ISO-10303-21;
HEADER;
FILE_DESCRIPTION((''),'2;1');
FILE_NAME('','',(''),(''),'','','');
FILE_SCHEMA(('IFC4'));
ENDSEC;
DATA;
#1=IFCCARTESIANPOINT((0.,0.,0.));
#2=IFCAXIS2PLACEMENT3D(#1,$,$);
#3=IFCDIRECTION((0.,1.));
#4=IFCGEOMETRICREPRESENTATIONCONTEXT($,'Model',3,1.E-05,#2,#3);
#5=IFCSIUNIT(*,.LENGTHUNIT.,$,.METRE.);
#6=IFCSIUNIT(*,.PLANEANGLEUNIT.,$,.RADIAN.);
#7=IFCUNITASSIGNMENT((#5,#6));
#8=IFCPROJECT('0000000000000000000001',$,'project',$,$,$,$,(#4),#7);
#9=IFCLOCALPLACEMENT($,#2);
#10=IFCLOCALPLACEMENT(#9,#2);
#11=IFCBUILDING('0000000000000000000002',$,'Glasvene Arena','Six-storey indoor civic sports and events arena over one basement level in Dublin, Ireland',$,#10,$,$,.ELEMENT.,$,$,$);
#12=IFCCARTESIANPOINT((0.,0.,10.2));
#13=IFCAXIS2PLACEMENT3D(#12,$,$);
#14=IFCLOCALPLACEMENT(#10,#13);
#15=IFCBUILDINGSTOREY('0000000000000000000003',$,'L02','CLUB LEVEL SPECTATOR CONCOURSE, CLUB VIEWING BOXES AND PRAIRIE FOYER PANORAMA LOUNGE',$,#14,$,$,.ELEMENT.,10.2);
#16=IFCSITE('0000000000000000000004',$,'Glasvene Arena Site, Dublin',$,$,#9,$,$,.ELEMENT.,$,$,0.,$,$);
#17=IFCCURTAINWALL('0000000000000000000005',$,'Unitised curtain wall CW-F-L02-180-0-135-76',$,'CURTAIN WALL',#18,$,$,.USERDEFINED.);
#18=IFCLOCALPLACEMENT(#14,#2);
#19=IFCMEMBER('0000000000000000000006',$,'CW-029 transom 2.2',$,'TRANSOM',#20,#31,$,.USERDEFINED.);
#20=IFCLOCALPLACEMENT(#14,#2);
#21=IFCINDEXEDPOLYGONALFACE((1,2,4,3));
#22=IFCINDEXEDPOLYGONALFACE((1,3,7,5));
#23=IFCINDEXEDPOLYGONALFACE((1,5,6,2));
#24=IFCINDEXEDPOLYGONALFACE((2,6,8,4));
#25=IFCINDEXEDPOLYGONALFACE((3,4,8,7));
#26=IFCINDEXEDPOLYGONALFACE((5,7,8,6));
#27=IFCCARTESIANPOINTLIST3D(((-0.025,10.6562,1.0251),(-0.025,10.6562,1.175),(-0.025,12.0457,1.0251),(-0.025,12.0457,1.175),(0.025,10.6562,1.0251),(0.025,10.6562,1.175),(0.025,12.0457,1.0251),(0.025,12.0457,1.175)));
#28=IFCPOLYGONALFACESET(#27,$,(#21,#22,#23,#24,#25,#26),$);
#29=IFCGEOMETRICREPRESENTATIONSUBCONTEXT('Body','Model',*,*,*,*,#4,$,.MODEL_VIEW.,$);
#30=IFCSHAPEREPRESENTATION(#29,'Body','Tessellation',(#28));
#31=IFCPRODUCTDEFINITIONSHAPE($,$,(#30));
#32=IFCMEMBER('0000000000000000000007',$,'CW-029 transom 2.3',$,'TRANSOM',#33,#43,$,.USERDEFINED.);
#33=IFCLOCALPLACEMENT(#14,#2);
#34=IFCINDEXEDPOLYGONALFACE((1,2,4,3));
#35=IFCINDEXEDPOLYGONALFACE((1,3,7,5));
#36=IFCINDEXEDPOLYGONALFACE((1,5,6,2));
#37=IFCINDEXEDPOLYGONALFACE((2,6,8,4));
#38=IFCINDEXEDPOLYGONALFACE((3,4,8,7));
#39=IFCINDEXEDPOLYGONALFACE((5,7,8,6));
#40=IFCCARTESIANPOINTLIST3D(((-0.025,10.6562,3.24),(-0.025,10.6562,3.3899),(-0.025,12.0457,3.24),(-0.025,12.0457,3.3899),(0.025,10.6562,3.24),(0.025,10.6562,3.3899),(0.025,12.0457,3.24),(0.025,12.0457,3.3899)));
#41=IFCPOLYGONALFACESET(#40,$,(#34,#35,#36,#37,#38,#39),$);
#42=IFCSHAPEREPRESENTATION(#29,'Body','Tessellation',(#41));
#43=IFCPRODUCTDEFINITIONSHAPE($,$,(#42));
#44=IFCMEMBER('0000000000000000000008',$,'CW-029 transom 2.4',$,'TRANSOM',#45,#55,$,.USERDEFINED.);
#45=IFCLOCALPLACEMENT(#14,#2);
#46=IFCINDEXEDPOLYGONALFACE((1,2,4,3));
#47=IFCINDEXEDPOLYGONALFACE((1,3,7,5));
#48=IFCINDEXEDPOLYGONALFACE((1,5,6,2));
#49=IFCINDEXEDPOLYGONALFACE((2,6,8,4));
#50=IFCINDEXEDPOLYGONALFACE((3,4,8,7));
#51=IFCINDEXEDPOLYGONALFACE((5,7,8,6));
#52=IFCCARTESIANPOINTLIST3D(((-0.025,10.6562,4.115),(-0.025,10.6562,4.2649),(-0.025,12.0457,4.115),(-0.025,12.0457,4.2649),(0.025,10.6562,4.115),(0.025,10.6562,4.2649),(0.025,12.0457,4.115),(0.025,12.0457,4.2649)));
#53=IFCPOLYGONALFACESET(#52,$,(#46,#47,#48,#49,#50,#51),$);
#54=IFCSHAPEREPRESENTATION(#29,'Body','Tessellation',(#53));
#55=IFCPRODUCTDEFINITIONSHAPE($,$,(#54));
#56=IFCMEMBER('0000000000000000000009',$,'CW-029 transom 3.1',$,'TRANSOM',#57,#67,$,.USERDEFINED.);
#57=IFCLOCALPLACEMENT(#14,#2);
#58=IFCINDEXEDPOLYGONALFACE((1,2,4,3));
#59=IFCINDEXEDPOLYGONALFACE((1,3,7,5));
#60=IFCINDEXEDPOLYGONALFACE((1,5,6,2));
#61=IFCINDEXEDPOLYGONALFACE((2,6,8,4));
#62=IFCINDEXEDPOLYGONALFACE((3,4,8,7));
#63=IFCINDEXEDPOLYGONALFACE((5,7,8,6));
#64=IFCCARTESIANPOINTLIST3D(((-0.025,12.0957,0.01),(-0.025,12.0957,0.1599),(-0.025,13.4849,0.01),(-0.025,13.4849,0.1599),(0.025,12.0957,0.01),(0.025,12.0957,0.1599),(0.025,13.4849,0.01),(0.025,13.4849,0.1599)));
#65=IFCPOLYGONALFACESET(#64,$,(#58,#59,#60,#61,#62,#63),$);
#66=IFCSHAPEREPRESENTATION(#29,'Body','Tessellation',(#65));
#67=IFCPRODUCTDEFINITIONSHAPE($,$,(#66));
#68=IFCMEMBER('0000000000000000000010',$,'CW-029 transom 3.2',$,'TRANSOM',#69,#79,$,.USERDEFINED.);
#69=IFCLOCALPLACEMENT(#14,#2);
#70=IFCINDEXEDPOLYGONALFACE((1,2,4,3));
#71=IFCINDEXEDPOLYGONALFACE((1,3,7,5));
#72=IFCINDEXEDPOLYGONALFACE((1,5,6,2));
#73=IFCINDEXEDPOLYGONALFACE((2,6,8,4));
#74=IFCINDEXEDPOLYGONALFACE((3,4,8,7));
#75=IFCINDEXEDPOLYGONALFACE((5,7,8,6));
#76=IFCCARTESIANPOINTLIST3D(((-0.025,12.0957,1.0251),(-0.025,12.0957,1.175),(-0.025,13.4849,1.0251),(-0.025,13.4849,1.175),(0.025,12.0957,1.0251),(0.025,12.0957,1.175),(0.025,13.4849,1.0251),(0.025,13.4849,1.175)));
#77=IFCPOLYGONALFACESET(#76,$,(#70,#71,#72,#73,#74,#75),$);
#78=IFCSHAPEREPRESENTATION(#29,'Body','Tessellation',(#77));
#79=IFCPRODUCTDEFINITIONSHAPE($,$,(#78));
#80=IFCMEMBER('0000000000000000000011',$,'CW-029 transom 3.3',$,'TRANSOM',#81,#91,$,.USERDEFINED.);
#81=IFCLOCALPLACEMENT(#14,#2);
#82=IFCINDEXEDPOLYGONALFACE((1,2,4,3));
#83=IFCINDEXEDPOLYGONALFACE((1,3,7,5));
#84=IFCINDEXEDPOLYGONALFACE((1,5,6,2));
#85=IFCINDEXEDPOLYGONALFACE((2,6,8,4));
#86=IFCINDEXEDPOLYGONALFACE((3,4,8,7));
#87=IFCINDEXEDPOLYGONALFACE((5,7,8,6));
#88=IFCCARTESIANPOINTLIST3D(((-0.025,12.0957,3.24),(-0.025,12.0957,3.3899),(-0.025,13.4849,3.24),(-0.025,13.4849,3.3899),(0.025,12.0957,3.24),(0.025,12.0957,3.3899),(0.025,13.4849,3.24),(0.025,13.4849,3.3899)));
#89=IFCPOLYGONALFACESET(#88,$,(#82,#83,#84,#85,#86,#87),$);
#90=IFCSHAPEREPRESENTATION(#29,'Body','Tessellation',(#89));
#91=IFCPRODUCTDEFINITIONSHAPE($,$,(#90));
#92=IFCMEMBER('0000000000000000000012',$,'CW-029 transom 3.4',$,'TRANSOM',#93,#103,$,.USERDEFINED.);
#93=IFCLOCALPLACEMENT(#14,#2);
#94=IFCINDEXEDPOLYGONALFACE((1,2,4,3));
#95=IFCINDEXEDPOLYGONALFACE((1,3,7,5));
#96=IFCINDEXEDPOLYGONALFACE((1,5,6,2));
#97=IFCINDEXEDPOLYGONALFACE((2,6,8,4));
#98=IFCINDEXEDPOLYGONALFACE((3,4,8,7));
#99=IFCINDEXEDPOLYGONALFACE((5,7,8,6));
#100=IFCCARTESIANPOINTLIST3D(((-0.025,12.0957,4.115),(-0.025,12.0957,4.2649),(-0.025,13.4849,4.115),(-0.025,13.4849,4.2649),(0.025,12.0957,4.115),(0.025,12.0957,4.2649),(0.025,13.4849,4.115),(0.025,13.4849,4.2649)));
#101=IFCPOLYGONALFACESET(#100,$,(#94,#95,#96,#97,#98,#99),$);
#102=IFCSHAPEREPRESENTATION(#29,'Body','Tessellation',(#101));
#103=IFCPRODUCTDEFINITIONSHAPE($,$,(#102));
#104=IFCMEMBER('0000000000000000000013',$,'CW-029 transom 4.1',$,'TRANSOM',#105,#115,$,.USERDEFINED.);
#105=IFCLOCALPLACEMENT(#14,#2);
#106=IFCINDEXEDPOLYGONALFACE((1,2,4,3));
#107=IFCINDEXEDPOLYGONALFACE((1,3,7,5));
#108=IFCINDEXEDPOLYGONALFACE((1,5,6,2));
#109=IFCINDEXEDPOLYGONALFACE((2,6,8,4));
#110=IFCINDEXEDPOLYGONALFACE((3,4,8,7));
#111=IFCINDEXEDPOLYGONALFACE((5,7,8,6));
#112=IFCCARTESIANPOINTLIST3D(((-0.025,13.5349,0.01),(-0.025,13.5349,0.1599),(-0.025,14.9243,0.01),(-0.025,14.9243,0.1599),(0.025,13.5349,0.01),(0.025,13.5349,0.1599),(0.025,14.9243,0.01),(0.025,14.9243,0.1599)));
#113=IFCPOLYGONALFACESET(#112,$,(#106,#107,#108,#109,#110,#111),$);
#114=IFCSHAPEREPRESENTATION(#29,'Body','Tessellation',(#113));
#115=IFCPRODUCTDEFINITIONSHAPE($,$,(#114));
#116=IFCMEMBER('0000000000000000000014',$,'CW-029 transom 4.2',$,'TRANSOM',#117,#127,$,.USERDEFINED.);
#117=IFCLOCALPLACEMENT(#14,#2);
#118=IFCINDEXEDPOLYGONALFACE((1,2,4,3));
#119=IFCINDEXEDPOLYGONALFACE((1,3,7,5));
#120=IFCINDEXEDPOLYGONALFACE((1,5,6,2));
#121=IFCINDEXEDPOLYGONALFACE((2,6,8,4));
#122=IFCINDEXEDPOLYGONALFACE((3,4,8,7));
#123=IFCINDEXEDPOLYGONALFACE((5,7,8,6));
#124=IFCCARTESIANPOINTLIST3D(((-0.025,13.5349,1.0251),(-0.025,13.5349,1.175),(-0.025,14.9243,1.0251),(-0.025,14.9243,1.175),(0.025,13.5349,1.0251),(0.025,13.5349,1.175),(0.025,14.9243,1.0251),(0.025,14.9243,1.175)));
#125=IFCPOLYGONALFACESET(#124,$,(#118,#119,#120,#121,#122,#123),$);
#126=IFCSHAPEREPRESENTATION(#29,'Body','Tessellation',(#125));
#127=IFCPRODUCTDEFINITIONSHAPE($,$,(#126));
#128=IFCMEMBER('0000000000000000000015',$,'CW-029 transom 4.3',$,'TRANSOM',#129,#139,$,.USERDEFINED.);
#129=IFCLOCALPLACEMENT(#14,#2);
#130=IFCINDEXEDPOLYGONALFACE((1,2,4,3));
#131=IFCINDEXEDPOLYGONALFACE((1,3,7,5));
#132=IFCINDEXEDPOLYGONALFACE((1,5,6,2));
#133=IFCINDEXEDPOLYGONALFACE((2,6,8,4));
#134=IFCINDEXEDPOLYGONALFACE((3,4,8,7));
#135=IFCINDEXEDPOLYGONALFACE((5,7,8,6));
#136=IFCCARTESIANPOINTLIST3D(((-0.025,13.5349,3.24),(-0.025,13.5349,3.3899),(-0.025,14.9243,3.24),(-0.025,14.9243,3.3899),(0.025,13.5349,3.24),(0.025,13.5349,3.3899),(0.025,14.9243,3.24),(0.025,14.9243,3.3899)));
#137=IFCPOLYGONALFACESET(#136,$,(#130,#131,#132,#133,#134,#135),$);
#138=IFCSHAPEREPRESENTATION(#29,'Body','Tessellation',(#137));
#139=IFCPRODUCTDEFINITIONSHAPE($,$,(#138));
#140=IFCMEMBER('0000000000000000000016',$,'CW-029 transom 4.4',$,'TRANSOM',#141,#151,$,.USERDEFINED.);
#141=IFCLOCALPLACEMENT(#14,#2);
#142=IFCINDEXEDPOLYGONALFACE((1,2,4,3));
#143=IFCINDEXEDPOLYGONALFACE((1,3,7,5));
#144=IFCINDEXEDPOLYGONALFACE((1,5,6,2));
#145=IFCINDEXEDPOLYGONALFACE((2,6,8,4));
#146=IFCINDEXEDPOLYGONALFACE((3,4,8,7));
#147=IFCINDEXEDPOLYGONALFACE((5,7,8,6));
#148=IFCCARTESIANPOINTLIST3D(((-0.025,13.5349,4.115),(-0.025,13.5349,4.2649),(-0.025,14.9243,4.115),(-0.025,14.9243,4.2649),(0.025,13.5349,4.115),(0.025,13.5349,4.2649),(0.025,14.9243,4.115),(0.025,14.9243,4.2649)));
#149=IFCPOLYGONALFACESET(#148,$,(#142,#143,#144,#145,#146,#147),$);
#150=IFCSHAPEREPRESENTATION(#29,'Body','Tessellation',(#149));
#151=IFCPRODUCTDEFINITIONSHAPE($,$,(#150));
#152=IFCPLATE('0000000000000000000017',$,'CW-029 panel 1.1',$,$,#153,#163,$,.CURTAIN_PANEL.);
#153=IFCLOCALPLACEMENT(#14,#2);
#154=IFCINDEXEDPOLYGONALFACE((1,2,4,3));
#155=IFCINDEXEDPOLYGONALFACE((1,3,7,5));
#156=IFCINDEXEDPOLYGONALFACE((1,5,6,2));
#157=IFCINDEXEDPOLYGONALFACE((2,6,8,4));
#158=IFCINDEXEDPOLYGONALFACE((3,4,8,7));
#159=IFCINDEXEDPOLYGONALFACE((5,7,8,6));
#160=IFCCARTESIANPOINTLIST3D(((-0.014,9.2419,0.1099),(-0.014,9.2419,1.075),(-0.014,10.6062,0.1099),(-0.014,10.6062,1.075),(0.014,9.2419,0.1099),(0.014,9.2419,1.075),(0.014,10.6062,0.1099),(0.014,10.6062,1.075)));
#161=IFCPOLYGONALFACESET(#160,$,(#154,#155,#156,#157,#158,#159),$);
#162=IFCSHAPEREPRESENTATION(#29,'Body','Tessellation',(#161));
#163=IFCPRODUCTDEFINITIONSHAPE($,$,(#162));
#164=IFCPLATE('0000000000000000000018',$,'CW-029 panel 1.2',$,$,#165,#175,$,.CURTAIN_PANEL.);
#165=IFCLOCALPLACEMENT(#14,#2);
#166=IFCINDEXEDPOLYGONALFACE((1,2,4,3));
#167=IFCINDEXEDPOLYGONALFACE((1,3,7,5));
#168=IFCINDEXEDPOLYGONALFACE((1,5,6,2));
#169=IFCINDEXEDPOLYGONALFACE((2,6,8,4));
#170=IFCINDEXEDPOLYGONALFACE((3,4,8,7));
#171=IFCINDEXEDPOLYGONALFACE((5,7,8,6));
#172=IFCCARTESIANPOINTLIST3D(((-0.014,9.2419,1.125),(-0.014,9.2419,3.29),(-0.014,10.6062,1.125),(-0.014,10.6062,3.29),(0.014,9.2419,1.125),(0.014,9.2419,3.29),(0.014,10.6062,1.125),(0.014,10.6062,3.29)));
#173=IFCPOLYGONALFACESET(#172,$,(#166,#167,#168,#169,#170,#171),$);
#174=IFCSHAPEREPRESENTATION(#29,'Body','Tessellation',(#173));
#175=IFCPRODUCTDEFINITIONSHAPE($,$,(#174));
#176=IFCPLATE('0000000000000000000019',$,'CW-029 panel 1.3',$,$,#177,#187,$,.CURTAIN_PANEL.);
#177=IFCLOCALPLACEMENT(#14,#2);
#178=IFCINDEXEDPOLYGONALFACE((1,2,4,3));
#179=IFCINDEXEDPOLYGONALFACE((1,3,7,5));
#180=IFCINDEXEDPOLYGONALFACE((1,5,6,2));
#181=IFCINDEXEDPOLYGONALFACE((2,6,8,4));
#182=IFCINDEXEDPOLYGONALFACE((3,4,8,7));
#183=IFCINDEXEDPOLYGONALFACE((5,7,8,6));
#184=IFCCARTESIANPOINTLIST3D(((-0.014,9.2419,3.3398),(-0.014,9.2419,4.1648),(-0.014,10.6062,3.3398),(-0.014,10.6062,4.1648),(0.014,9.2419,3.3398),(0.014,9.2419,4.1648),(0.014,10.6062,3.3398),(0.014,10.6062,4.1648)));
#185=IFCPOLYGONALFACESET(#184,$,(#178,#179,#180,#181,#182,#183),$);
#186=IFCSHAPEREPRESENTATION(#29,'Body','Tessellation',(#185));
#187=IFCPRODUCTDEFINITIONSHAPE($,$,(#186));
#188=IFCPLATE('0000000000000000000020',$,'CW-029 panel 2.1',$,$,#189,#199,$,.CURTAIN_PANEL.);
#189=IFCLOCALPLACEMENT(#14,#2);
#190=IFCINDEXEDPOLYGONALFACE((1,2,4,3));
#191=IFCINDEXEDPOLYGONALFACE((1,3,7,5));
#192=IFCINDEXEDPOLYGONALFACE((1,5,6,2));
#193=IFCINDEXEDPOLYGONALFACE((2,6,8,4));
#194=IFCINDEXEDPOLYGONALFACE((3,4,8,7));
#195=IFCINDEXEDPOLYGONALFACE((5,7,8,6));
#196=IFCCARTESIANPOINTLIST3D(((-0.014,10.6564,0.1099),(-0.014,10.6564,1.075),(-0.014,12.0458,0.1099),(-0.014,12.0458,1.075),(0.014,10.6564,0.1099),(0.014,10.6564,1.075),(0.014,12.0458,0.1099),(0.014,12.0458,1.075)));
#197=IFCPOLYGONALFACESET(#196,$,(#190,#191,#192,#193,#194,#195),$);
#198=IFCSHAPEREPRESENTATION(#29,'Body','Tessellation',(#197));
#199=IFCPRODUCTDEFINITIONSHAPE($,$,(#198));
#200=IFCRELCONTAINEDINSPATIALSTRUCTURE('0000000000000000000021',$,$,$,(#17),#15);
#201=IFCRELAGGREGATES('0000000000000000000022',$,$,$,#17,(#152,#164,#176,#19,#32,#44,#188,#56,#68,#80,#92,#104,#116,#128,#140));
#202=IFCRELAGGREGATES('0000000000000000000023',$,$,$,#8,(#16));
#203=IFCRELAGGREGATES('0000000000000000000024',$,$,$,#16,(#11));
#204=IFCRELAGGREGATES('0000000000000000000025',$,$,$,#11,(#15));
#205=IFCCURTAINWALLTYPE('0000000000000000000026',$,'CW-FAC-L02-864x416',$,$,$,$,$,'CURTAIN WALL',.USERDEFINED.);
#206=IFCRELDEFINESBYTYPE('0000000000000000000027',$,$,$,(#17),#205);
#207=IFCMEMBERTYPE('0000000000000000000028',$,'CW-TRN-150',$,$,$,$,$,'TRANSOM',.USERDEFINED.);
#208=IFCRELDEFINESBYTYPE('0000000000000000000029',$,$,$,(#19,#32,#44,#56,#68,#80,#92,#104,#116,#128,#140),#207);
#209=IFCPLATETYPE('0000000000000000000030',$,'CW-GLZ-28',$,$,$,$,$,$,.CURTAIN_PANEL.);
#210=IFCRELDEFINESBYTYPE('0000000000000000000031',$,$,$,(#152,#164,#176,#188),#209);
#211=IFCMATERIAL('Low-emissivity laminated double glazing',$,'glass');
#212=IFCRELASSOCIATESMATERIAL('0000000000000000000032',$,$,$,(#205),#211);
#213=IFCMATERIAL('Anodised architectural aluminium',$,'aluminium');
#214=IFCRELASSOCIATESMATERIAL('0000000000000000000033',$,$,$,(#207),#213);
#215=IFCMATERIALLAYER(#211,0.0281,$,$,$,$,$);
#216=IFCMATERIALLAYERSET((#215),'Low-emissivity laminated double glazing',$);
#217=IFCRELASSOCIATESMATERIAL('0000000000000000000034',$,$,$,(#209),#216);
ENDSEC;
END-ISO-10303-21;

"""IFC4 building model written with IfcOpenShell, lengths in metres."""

from ifc_helpers import new_model, si_unit, direction, frame, origin, origin_2d, place, context, subcontext, project, spatial, rectangle, extrude, material, layer, layer_set, material_profile, profile_set, type_object, element, aggregate, save


model = new_model("IFC4")

# Units and contexts
model_context = context("Model", 3, precision=1e-05, world=origin(), true_north=direction((0.0, 1.0)))
body_context = subcontext(model_context, "Body", "Model", "MODEL_VIEW")
ifc_project = project(units=[si_unit("LENGTHUNIT", "METRE"), si_unit("PLANEANGLEUNIT", "RADIAN")], contexts=[model_context])

# Site, building, storey
site_placement = place(None, origin())
site = spatial("IfcSite", under=ifc_project, at=site_placement, Name="Glasvene Arena Site, Dublin", CompositionType="ELEMENT", RefElevation=0.0)
building_placement = place(site_placement, origin())
building = spatial("IfcBuilding", under=site, at=building_placement, Name="Glasvene Arena", Description="Six-storey indoor civic sports and events arena over one basement level in Dublin, Ireland", CompositionType="ELEMENT")
storey_placement = place(building_placement, frame((0.0, 0.0, 10.2)))
storey = spatial("IfcBuildingStorey", under=building, at=storey_placement, Name="L02", Description="CLUB LEVEL SPECTATOR CONCOURSE, CLUB VIEWING BOXES AND PRAIRIE FOYER PANORAMA LOUNGE", CompositionType="ELEMENT", Elevation=10.2)

# Curtain wall, members, plates
ifc_material_1 = material(Name="Low-emissivity laminated double glazing", Category="glass")
curtain_wall_type = type_object("IfcCurtainWallType", Name="CW-FAC-L02-864x416", ElementType="CURTAIN WALL", PredefinedType="USERDEFINED", material=ifc_material_1)
curtain_wall_placement = place(storey_placement, frame((0.0, 9.1919, 0.0)))
curtain_wall = element("IfcCurtainWall", 1, at=curtain_wall_placement, inside=storey, type_object=curtain_wall_type, Name="Unitised curtain wall CW-F-L02-180-0-135-76", ObjectType="CURTAIN WALL", PredefinedType="USERDEFINED")
ifc_material_2 = material(Name="Anodised architectural aluminium", Category="aluminium")
ifc_material_profile_1 = material_profile(ifc_material_2, rectangle(XDim=0.05, YDim=0.1499, at=origin_2d()), Name="ALU TRANSOM 50x150")
ifc_profile_set_1 = profile_set([ifc_material_profile_1], Name="Anodised architectural aluminium")
member_type_1 = type_object("IfcMemberType", Name="CW-TRN-150", ElementType="TRANSOM", PredefinedType="USERDEFINED", material=ifc_profile_set_1)
member_1_placement = place(storey_placement, frame((0.0, 10.6562, 1.1001), z_axis=(0.0, 1.0, 0.0), x_axis=(-1.0, 0.0, 0.0)))
member_1 = element("IfcMember", 2, at=member_1_placement, type_object=member_type_1, Name="CW-029 transom 2.2", ObjectType="TRANSOM", PredefinedType="USERDEFINED", context=body_context, shape_type="SweptSolid", body=[
    extrude(rectangle(XDim=0.05, YDim=0.1499, at=origin_2d()), origin(), (0.0, 0.0, 1.0), 1.3894),
])
member_2_placement = place(storey_placement, frame((0.0, 10.6562, 3.3149), z_axis=(0.0, 1.0, 0.0), x_axis=(-1.0, 0.0, 0.0)))
member_2 = element("IfcMember", 3, at=member_2_placement, type_object=member_type_1, Name="CW-029 transom 2.3", ObjectType="TRANSOM", PredefinedType="USERDEFINED", context=body_context, shape_type="SweptSolid", body=[
    extrude(rectangle(XDim=0.05, YDim=0.1499, at=origin_2d()), origin(), (0.0, 0.0, 1.0), 1.3894),
])
member_3_placement = place(storey_placement, frame((0.0, 10.6562, 4.1899), z_axis=(0.0, 1.0, 0.0), x_axis=(-1.0, 0.0, 0.0)))
member_3 = element("IfcMember", 4, at=member_3_placement, type_object=member_type_1, Name="CW-029 transom 2.4", ObjectType="TRANSOM", PredefinedType="USERDEFINED", context=body_context, shape_type="SweptSolid", body=[
    extrude(rectangle(XDim=0.05, YDim=0.1499, at=origin_2d()), origin(), (0.0, 0.0, 1.0), 1.3894),
])
member_4_placement = place(storey_placement, frame((0.0, 12.0957, 0.085), z_axis=(0.0, 1.0, 0.0), x_axis=(-1.0, 0.0, 0.0)))
member_4 = element("IfcMember", 5, at=member_4_placement, type_object=member_type_1, Name="CW-029 transom 3.1", ObjectType="TRANSOM", PredefinedType="USERDEFINED", context=body_context, shape_type="SweptSolid", body=[
    extrude(rectangle(XDim=0.05, YDim=0.1499, at=origin_2d()), origin(), (0.0, 0.0, 1.0), 1.3892),
])
member_5_placement = place(storey_placement, frame((0.0, 12.0957, 1.1001), z_axis=(0.0, 1.0, 0.0), x_axis=(-1.0, 0.0, 0.0)))
member_5 = element("IfcMember", 6, at=member_5_placement, type_object=member_type_1, Name="CW-029 transom 3.2", ObjectType="TRANSOM", PredefinedType="USERDEFINED", context=body_context, shape_type="SweptSolid", body=[
    extrude(rectangle(XDim=0.05, YDim=0.1499, at=origin_2d()), origin(), (0.0, 0.0, 1.0), 1.3892),
])
member_6_placement = place(storey_placement, frame((0.0, 12.0957, 3.3149), z_axis=(0.0, 1.0, 0.0), x_axis=(-1.0, 0.0, 0.0)))
member_6 = element("IfcMember", 7, at=member_6_placement, type_object=member_type_1, Name="CW-029 transom 3.3", ObjectType="TRANSOM", PredefinedType="USERDEFINED", context=body_context, shape_type="SweptSolid", body=[
    extrude(rectangle(XDim=0.05, YDim=0.1499, at=origin_2d()), origin(), (0.0, 0.0, 1.0), 1.3892),
])
member_7_placement = place(storey_placement, frame((0.0, 12.0957, 4.1899), z_axis=(0.0, 1.0, 0.0), x_axis=(-1.0, 0.0, 0.0)))
member_7 = element("IfcMember", 8, at=member_7_placement, type_object=member_type_1, Name="CW-029 transom 3.4", ObjectType="TRANSOM", PredefinedType="USERDEFINED", context=body_context, shape_type="SweptSolid", body=[
    extrude(rectangle(XDim=0.05, YDim=0.1499, at=origin_2d()), origin(), (0.0, 0.0, 1.0), 1.3892),
])
member_8_placement = place(storey_placement, frame((0.0, 13.5349, 0.085), z_axis=(0.0, 1.0, 0.0), x_axis=(-1.0, 0.0, 0.0)))
member_8 = element("IfcMember", 9, at=member_8_placement, type_object=member_type_1, Name="CW-029 transom 4.1", ObjectType="TRANSOM", PredefinedType="USERDEFINED", context=body_context, shape_type="SweptSolid", body=[
    extrude(rectangle(XDim=0.05, YDim=0.1499, at=origin_2d()), origin(), (0.0, 0.0, 1.0), 1.3894),
])
member_9_placement = place(storey_placement, frame((0.0, 13.5349, 1.1001), z_axis=(0.0, 1.0, 0.0), x_axis=(-1.0, 0.0, 0.0)))
member_9 = element("IfcMember", 10, at=member_9_placement, type_object=member_type_1, Name="CW-029 transom 4.2", ObjectType="TRANSOM", PredefinedType="USERDEFINED", context=body_context, shape_type="SweptSolid", body=[
    extrude(rectangle(XDim=0.05, YDim=0.1499, at=origin_2d()), origin(), (0.0, 0.0, 1.0), 1.3894),
])
member_10_placement = place(storey_placement, frame((0.0, 13.5349, 3.3149), z_axis=(0.0, 1.0, 0.0), x_axis=(-1.0, 0.0, 0.0)))
member_10 = element("IfcMember", 11, at=member_10_placement, type_object=member_type_1, Name="CW-029 transom 4.3", ObjectType="TRANSOM", PredefinedType="USERDEFINED", context=body_context, shape_type="SweptSolid", body=[
    extrude(rectangle(XDim=0.05, YDim=0.1499, at=origin_2d()), origin(), (0.0, 0.0, 1.0), 1.3894),
])
member_11_placement = place(storey_placement, frame((0.0, 13.5349, 4.1899), z_axis=(0.0, 1.0, 0.0), x_axis=(-1.0, 0.0, 0.0)))
member_11 = element("IfcMember", 12, at=member_11_placement, type_object=member_type_1, Name="CW-029 transom 4.4", ObjectType="TRANSOM", PredefinedType="USERDEFINED", context=body_context, shape_type="SweptSolid", body=[
    extrude(rectangle(XDim=0.05, YDim=0.1499, at=origin_2d()), origin(), (0.0, 0.0, 1.0), 1.3894),
])
ifc_layer = layer(ifc_material_1, 0.0281)
ifc_layer_set = layer_set([ifc_layer], Name="Low-emissivity laminated double glazing")
plate_type = type_object("IfcPlateType", Name="CW-GLZ-28", PredefinedType="CURTAIN_PANEL", material=ifc_layer_set)
plate_1_placement = place(storey_placement, frame((0.0, 9.9241, 0.1099), z_axis=(0.0, 0.0, 1.0), x_axis=(0.0, 1.0, 0.0)))
plate_1 = element("IfcPlate", 13, at=plate_1_placement, type_object=plate_type, Name="CW-029 panel 1.1", PredefinedType="CURTAIN_PANEL", context=body_context, shape_type="SweptSolid", body=[
    extrude(rectangle(XDim=1.3643, YDim=0.0281, at=origin_2d()), origin(), (0.0, 0.0, 1.0), 0.9651),
])
plate_2_placement = place(storey_placement, frame((0.0, 9.9241, 1.125), z_axis=(0.0, 0.0, 1.0), x_axis=(0.0, 1.0, 0.0)))
plate_2 = element("IfcPlate", 14, at=plate_2_placement, type_object=plate_type, Name="CW-029 panel 1.2", PredefinedType="CURTAIN_PANEL", context=body_context, shape_type="SweptSolid", body=[
    extrude(rectangle(XDim=1.3643, YDim=0.0281, at=origin_2d()), origin(), (0.0, 0.0, 1.0), 2.165),
])
plate_3_placement = place(storey_placement, frame((0.0, 9.9241, 3.3398), z_axis=(0.0, 0.0, 1.0), x_axis=(0.0, 1.0, 0.0)))
plate_3 = element("IfcPlate", 15, at=plate_3_placement, type_object=plate_type, Name="CW-029 panel 1.3", PredefinedType="CURTAIN_PANEL", context=body_context, shape_type="SweptSolid", body=[
    extrude(rectangle(XDim=1.3643, YDim=0.0281, at=origin_2d()), origin(), (0.0, 0.0, 1.0), 0.825),
])
plate_4_placement = place(storey_placement, frame((0.0, 11.3511, 0.1099), z_axis=(0.0, 0.0, 1.0), x_axis=(0.0, 1.0, 0.0)))
plate_4 = element("IfcPlate", 16, at=plate_4_placement, type_object=plate_type, Name="CW-029 panel 2.1", PredefinedType="CURTAIN_PANEL", context=body_context, shape_type="SweptSolid", body=[
    extrude(rectangle(XDim=1.3894, YDim=0.0281, at=origin_2d()), origin(), (0.0, 0.0, 1.0), 0.9651),
])
aggregate(curtain_wall, [plate_1, plate_2, plate_3, member_1, member_2, member_3, plate_4, member_4, member_5, member_6, member_7, member_8, member_9, member_10, member_11])

save(model, "model.ifc")
